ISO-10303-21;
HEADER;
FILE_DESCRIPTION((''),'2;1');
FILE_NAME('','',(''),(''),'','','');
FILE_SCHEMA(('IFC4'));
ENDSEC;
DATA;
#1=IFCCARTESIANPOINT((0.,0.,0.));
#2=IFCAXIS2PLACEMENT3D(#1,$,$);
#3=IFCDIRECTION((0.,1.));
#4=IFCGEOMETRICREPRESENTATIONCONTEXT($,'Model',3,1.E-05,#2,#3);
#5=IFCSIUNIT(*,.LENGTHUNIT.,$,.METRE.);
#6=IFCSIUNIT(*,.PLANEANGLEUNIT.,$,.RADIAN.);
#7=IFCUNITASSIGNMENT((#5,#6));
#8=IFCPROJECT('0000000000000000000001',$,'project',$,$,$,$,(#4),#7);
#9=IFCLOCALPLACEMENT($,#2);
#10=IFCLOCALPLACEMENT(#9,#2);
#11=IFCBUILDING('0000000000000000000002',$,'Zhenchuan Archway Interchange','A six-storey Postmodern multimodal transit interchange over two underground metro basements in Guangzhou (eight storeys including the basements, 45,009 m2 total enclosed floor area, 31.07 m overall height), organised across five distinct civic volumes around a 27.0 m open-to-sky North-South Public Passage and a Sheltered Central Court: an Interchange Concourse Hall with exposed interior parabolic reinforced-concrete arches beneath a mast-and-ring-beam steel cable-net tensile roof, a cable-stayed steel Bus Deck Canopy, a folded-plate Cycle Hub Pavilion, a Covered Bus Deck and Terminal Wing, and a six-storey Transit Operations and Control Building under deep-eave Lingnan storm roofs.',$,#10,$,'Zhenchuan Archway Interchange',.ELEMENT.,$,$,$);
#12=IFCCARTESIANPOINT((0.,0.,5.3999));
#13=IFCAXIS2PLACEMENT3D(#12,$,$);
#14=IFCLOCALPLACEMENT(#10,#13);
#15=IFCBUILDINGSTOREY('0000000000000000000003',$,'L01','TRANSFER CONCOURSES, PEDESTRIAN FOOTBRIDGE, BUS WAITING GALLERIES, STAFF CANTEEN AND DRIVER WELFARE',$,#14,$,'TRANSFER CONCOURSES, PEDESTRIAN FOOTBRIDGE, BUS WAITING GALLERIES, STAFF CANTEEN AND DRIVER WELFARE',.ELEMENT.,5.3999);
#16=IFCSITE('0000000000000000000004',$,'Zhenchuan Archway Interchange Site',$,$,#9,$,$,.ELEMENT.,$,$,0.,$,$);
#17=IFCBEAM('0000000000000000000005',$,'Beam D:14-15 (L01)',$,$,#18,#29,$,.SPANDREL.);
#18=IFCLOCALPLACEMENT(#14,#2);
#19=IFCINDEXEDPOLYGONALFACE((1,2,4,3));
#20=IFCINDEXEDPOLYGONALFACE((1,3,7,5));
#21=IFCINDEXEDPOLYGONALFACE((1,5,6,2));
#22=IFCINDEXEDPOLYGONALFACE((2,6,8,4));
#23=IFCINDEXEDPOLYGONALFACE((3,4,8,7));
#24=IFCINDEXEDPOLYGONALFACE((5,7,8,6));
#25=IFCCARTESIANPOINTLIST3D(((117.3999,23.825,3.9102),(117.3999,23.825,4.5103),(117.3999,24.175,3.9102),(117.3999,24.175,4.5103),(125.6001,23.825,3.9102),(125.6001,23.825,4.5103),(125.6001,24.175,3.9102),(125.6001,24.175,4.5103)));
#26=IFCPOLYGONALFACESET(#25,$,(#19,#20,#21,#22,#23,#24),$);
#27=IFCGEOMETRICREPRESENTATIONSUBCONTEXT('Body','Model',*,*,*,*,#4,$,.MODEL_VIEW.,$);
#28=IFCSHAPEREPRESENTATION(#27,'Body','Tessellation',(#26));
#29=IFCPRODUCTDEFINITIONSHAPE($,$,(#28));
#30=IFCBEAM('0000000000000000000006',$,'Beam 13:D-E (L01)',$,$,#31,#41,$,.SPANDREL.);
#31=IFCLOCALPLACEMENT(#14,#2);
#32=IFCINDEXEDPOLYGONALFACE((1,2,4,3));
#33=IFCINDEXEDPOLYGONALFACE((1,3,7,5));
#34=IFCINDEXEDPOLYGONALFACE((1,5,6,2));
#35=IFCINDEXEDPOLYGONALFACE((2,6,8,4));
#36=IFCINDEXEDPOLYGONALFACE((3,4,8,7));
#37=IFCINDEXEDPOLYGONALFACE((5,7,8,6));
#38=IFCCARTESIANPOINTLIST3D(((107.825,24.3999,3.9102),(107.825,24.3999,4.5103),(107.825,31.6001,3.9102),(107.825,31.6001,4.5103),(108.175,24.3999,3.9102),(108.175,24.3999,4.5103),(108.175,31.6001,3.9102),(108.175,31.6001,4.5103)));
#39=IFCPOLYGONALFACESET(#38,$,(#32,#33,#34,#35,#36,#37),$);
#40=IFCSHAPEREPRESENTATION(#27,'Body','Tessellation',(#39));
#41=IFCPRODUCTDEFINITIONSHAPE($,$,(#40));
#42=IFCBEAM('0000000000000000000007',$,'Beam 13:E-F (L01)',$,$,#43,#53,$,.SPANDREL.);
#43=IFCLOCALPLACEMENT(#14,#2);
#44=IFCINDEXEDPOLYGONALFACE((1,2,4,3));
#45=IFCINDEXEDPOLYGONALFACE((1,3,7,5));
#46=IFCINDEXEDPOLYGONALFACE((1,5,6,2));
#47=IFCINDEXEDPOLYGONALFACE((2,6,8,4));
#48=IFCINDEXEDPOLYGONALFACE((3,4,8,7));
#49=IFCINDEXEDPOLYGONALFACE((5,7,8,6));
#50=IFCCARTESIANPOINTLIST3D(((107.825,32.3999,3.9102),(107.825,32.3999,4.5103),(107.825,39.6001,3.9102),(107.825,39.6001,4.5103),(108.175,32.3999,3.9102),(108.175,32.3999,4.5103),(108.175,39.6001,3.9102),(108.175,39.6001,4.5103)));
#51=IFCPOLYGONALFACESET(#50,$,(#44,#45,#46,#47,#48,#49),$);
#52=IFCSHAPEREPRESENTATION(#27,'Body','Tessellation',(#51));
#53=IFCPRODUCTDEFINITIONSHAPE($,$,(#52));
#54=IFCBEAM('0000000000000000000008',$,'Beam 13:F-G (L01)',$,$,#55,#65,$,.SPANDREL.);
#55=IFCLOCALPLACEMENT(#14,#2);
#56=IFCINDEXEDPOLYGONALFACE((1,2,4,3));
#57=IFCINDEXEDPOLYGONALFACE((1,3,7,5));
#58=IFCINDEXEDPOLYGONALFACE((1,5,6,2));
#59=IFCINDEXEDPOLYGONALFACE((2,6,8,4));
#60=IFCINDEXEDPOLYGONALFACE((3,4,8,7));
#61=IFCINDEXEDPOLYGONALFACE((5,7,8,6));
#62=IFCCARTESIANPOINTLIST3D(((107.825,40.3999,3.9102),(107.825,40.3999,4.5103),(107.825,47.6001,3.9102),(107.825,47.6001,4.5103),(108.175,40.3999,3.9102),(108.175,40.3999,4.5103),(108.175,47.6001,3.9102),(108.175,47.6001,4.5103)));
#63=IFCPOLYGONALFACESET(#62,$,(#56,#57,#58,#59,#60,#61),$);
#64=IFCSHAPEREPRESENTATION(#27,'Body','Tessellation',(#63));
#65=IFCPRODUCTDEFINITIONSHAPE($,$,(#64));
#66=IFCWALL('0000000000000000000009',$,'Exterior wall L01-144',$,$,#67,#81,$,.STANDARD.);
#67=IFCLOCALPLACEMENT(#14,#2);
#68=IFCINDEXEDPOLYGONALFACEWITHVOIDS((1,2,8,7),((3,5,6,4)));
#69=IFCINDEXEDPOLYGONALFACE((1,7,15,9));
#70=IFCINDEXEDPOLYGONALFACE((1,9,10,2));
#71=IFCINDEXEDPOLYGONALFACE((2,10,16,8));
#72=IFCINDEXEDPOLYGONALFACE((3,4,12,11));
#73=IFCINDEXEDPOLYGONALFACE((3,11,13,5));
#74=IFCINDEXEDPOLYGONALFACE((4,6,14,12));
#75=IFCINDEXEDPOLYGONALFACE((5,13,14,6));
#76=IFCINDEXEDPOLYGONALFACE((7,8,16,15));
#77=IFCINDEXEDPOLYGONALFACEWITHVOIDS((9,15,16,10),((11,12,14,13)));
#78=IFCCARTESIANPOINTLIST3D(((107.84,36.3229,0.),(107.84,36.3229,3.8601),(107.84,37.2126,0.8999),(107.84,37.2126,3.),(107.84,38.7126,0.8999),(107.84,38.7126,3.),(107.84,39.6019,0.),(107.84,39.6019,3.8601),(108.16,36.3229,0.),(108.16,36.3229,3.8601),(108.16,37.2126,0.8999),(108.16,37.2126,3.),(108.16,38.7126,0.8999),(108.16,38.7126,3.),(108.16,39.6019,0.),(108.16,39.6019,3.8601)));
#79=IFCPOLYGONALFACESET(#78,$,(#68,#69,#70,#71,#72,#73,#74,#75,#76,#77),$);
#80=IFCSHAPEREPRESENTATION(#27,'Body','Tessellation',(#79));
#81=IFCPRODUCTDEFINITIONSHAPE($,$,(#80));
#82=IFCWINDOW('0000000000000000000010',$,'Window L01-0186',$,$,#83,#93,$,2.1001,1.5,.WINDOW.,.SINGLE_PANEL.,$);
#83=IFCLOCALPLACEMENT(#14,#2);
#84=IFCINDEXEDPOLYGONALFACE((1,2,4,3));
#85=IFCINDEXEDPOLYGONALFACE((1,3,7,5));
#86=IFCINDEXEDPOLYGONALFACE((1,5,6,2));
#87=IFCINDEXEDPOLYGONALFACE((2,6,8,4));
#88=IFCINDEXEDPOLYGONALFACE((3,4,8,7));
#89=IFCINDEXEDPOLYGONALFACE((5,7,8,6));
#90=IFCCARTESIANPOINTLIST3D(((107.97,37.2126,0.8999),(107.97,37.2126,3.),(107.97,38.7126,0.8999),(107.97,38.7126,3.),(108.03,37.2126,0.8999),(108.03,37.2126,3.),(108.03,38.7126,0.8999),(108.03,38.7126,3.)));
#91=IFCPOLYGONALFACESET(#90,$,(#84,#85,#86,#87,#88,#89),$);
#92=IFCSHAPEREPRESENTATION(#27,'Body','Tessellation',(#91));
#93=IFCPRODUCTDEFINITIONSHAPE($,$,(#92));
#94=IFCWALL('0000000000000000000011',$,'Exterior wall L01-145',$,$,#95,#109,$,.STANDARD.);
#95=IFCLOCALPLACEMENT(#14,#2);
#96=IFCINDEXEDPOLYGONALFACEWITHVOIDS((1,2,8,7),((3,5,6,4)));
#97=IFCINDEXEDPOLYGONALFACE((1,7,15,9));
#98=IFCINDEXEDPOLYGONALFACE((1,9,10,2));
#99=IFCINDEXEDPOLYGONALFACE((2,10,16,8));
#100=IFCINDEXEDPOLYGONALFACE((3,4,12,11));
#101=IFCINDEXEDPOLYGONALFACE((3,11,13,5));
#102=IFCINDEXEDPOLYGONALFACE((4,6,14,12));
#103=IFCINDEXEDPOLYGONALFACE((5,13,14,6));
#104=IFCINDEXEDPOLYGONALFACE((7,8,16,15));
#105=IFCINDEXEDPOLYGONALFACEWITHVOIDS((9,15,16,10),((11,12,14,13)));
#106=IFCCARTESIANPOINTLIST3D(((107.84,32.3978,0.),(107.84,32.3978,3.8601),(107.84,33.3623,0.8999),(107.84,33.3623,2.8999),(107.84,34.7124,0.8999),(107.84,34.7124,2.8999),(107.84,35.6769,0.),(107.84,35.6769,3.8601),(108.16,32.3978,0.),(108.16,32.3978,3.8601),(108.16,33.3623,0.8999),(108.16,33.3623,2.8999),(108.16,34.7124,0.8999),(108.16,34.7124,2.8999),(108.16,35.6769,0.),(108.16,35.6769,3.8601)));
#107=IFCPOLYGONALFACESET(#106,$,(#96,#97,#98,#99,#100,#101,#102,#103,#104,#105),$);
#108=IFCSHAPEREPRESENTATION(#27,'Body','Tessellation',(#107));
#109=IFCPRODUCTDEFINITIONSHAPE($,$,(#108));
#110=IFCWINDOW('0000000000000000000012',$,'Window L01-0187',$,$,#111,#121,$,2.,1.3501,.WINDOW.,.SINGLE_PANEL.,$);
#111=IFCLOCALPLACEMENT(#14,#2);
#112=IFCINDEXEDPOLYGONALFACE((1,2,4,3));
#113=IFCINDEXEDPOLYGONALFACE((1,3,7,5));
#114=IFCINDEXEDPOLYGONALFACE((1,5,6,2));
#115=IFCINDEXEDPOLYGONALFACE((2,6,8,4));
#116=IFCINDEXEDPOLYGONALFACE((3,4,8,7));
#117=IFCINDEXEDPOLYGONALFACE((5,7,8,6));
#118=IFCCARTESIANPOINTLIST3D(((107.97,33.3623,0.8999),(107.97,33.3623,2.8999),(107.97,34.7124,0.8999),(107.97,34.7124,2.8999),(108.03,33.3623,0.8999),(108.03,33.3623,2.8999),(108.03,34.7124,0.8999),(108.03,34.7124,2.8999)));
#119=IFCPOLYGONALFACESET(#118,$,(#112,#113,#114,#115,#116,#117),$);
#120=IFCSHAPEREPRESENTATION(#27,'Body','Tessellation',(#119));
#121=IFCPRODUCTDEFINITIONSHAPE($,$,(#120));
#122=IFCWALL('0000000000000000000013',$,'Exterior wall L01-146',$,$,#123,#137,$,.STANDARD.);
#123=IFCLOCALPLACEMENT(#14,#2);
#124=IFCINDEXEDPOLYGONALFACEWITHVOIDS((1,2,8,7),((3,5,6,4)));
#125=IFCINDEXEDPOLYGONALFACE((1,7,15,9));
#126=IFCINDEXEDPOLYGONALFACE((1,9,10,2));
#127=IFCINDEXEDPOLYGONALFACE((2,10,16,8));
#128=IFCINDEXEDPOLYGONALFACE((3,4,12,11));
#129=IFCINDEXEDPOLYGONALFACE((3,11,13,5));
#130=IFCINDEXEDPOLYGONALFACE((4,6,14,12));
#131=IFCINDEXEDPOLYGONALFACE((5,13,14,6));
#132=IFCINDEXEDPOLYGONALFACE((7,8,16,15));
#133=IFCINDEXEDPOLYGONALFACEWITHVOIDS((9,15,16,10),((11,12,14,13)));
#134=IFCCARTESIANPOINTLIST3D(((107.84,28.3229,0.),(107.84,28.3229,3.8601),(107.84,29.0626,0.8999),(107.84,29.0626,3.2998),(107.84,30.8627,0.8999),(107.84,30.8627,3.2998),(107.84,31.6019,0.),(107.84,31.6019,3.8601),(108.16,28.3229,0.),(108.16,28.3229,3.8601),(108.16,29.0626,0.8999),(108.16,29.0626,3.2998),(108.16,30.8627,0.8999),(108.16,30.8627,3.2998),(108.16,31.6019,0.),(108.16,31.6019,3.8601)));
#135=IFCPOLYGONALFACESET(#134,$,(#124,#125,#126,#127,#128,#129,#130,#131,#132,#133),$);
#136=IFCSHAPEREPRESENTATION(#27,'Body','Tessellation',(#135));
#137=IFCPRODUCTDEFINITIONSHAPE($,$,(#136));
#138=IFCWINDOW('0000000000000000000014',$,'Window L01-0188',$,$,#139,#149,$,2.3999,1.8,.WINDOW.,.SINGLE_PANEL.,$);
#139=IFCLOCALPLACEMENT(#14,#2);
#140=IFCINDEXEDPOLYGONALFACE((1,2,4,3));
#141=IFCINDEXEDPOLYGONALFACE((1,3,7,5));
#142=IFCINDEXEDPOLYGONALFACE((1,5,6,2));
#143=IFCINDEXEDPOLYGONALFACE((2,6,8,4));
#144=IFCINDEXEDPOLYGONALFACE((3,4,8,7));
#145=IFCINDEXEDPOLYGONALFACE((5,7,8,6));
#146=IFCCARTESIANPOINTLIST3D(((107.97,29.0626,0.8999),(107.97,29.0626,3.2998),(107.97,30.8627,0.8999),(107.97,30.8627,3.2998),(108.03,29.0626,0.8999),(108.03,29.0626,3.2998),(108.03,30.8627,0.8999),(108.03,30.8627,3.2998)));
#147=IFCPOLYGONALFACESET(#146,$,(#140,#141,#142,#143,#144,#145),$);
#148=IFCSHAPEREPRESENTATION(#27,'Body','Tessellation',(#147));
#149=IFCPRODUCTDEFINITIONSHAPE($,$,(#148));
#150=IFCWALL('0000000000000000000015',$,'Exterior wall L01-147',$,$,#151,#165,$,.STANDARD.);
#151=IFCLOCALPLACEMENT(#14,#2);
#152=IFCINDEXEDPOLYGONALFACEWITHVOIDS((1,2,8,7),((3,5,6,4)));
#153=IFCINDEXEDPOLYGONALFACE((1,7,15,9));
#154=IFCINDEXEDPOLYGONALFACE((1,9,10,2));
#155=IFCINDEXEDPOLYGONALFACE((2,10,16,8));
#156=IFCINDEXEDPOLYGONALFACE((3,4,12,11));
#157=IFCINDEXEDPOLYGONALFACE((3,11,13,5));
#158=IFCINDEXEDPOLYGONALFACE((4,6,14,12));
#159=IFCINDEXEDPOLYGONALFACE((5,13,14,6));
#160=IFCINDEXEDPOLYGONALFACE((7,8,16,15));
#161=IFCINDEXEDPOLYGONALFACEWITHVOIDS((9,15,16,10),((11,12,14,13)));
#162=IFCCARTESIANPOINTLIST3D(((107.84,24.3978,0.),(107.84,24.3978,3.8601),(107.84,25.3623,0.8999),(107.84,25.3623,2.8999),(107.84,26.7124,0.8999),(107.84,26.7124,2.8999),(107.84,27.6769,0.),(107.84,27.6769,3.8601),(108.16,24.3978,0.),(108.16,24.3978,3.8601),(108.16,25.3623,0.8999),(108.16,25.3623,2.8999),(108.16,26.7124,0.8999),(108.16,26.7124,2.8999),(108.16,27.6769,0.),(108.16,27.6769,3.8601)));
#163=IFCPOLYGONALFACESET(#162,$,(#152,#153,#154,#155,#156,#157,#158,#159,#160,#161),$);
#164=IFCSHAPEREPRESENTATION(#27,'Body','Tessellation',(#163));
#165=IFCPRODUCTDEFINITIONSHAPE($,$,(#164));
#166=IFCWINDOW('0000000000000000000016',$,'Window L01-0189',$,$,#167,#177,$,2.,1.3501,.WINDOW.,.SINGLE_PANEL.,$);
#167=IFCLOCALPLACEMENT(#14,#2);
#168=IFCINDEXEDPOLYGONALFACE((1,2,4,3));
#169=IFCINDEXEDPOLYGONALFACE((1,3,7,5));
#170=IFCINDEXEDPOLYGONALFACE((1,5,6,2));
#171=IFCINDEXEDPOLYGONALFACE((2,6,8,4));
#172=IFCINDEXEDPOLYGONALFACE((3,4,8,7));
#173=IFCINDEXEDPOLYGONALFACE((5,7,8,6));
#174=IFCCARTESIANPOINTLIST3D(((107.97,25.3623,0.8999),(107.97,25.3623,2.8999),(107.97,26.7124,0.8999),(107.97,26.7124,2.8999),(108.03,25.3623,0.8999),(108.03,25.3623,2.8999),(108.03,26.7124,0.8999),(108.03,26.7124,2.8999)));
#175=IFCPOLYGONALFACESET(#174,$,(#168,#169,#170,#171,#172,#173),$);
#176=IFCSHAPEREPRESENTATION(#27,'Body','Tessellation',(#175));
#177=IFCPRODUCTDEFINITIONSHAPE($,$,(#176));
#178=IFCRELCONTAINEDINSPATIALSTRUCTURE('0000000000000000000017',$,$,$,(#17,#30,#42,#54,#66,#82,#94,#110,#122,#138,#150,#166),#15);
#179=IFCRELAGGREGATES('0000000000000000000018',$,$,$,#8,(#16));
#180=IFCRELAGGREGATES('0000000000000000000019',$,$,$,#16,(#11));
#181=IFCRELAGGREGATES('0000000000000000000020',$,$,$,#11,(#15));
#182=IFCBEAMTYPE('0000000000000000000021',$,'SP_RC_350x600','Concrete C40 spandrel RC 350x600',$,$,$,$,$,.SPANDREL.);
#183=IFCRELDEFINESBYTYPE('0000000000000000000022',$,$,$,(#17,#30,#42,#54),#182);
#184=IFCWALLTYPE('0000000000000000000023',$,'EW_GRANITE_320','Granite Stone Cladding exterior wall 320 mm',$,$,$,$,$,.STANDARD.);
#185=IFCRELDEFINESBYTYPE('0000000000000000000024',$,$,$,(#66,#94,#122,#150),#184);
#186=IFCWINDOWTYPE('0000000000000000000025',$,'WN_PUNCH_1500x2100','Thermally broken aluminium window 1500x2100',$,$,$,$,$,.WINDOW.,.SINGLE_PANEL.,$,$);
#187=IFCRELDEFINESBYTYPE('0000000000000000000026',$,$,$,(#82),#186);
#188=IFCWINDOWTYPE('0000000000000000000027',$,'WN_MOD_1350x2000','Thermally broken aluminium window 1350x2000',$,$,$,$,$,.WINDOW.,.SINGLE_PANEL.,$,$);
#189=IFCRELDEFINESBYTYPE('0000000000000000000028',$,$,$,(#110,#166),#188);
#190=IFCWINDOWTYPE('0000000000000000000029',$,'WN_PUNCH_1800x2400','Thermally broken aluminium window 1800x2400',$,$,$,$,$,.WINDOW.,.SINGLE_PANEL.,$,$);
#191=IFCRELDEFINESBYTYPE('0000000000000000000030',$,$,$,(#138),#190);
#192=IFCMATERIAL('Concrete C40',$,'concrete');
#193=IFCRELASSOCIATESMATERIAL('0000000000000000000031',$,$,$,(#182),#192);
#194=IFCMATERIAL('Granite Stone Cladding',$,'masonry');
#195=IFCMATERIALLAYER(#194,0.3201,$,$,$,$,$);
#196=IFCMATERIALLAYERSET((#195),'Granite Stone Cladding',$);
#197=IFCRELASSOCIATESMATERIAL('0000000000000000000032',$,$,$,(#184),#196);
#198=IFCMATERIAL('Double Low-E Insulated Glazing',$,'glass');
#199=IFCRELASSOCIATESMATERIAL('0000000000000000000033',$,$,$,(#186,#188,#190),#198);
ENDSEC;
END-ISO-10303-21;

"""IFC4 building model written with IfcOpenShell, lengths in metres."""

from ifc_helpers import new_model, si_unit, direction, frame, frame_2d, origin, origin_2d, place, context, subcontext, project, spatial, rectangle, extrude, material, layer, layer_set, material_profile, profile_set, type_object, element, fill, save


model = new_model("IFC4")

# Units and contexts
model_context = context("Model", 3, precision=1e-05, world=origin(), true_north=direction((0.0, 1.0)))
body_context = subcontext(model_context, "Body", "Model", "MODEL_VIEW")
ifc_project = project(units=[si_unit("LENGTHUNIT", "METRE"), si_unit("PLANEANGLEUNIT", "RADIAN")], contexts=[model_context])

# Site, building, storey
site_placement = place(None, origin())
site = spatial("IfcSite", under=ifc_project, at=site_placement, Name="Zhenchuan Archway Interchange Site", CompositionType="ELEMENT", RefElevation=0.0)
building_placement = place(site_placement, origin())
building = spatial("IfcBuilding", under=site, at=building_placement, Name="Zhenchuan Archway Interchange", Description="A six-storey Postmodern multimodal transit interchange over two underground metro basements in Guangzhou (eight storeys including the basements, 45,009 m2 total enclosed floor area, 31.07 m overall height), organised across five distinct civic volumes around a 27.0 m open-to-sky North-South Public Passage and a Sheltered Central Court: an Interchange Concourse Hall with exposed interior parabolic reinforced-concrete arches beneath a mast-and-ring-beam steel cable-net tensile roof, a cable-stayed steel Bus Deck Canopy, a folded-plate Cycle Hub Pavilion, a Covered Bus Deck and Terminal Wing, and a six-storey Transit Operations and Control Building under deep-eave Lingnan storm roofs.", LongName="Zhenchuan Archway Interchange", CompositionType="ELEMENT")
storey_placement = place(building_placement, frame((0.0, 0.0, 5.3999)))
storey = spatial("IfcBuildingStorey", under=building, at=storey_placement, Name="L01", Description="TRANSFER CONCOURSES, PEDESTRIAN FOOTBRIDGE, BUS WAITING GALLERIES, STAFF CANTEEN AND DRIVER WELFARE", LongName="TRANSFER CONCOURSES, PEDESTRIAN FOOTBRIDGE, BUS WAITING GALLERIES, STAFF CANTEEN AND DRIVER WELFARE", CompositionType="ELEMENT", Elevation=5.3999)

# Shared definitions
ifc_material_1 = material(Name="Concrete C40", Category="concrete")

# Beams
ifc_material_profile_1 = material_profile(ifc_material_1, rectangle(XDim=0.3501, YDim=0.6001, at=origin_2d()), Name="RC 350x600")
ifc_profile_set_1 = profile_set([ifc_material_profile_1], Name="Concrete C40")
beam_type_1 = type_object("IfcBeamType", Name="SP_RC_350x600", Description="Concrete C40 spandrel RC 350x600", PredefinedType="SPANDREL", material=ifc_profile_set_1)
beam_placement = place(storey_placement, frame((117.3999, 24.0, 4.2102), z_axis=(1.0, 0.0, 0.0), x_axis=(0.0, 1.0, 0.0)))
element("IfcBeam", 1, at=beam_placement, inside=storey, type_object=beam_type_1, Name="Beam D:14-15 (L01)", PredefinedType="SPANDREL", context=body_context, shape_type="SweptSolid", body=[
    extrude(rectangle(XDim=0.3501, YDim=0.6001, at=origin_2d()), origin(), (0.0, 0.0, 1.0), 8.2002),
])
for number, where, z_axis, x_axis, name in (
    (2, (108.0, 24.3999, 4.2102), (0.0, 1.0, 0.0), (-1.0, 0.0, 0.0), "Beam 13:D-E (L01)"),
    (3, (108.0, 32.3999, 4.2102), (0.0, 1.0, 0.0), (-1.0, 0.0, 0.0), "Beam 13:E-F (L01)"),
    (4, (108.0, 40.3999, 4.2102), (0.0, 1.0, 0.0), (-1.0, 0.0, 0.0), "Beam 13:F-G (L01)"),
):
    element("IfcBeam", number, at=place(storey_placement, frame(where, z_axis=z_axis, x_axis=x_axis)), inside=storey, type_object=beam_type_1, Name=name, PredefinedType="SPANDREL", context=body_context, shape_type="SweptSolid", body=[
        extrude(rectangle(XDim=0.3501, YDim=0.6001, at=origin_2d()), origin(), (0.0, 0.0, 1.0), 7.2002),
    ])

# Walls, openings, windows
ifc_material_2 = material(Name="Granite Stone Cladding", Category="masonry")
ifc_layer = layer(ifc_material_2, 0.3201)
ifc_layer_set = layer_set([ifc_layer], Name="Granite Stone Cladding")
wall_type = type_object("IfcWallType", Name="EW_GRANITE_320", Description="Granite Stone Cladding exterior wall 320 mm", PredefinedType="STANDARD", material=ifc_layer_set)
wall_1_placement = place(storey_placement, frame((108.0, 39.6021, 0.0), z_axis=(0.0, 0.0, 1.0), x_axis=(0.0, -1.0, 0.0)))
wall_1 = element("IfcWall", 5, at=wall_1_placement, inside=storey, type_object=wall_type, Name="Exterior wall L01-144", PredefinedType="STANDARD", context=body_context, shape_type="SweptSolid", body=[
    extrude(rectangle(XDim=3.2791, YDim=0.3201, at=frame_2d((1.6396, 0.0))), origin(), (0.0, 0.0, 1.0), 3.8601),
])
opening_1_placement = place(wall_1_placement, frame((0.8894, 0.0, 0.8999)))
opening_1 = element("IfcOpeningElement", 6, at=opening_1_placement, cuts=wall_1, PredefinedType="OPENING", context=body_context, shape_type="SweptSolid", body=[
    extrude(rectangle(XDim=1.5, YDim=2.1001, at=frame_2d((0.75, 1.05))), frame((0.0, 0.1719, 0.0), z_axis=(0.0, -1.0, 0.0), x_axis=(1.0, 0.0, 0.0)), (0.0, 0.0, 1.0), 0.344),
])
ifc_material_3 = material(Name="Double Low-E Insulated Glazing", Category="glass")
window_type_1 = type_object("IfcWindowType", Name="WN_PUNCH_1500x2100", Description="Thermally broken aluminium window 1500x2100", PartitioningType="SINGLE_PANEL", PredefinedType="WINDOW", material=ifc_material_3)
window_1_placement = place(opening_1_placement, origin())
window_1 = element("IfcWindow", 7, at=window_1_placement, inside=storey, type_object=window_type_1, Name="Window L01-0186", OverallHeight=2.1001, OverallWidth=1.5, PartitioningType="SINGLE_PANEL", PredefinedType="WINDOW", context=body_context, shape_type="SweptSolid", body=[
    extrude(rectangle(XDim=1.5, YDim=2.1001, at=frame_2d((0.75, 1.05))), frame((0.0, 0.03, 0.0), z_axis=(0.0, -1.0, 0.0), x_axis=(1.0, 0.0, 0.0)), (0.0, 0.0, 1.0), 0.0601),
])
fill(opening_1, window_1)
wall_2_placement = place(storey_placement, frame((108.0, 35.677, 0.0), z_axis=(0.0, 0.0, 1.0), x_axis=(0.0, -1.0, 0.0)))
wall_2 = element("IfcWall", 8, at=wall_2_placement, inside=storey, type_object=wall_type, Name="Exterior wall L01-145", PredefinedType="STANDARD", context=body_context, shape_type="SweptSolid", body=[
    extrude(rectangle(XDim=3.2791, YDim=0.3201, at=frame_2d((1.6396, 0.0))), origin(), (0.0, 0.0, 1.0), 3.8601),
])
opening_2_placement = place(wall_2_placement, frame((0.9646, 0.0, 0.8999)))
opening_2 = element("IfcOpeningElement", 9, at=opening_2_placement, cuts=wall_2, PredefinedType="OPENING", context=body_context, shape_type="SweptSolid", body=[
    extrude(rectangle(XDim=1.3501, YDim=2.0, at=frame_2d((0.675, 1.0))), frame((0.0, 0.1719, 0.0), z_axis=(0.0, -1.0, 0.0), x_axis=(1.0, 0.0, 0.0)), (0.0, 0.0, 1.0), 0.344),
])
window_type_2 = type_object("IfcWindowType", Name="WN_MOD_1350x2000", Description="Thermally broken aluminium window 1350x2000", PartitioningType="SINGLE_PANEL", PredefinedType="WINDOW", material=ifc_material_3)
window_2_placement = place(opening_2_placement, origin())
window_2 = element("IfcWindow", 10, at=window_2_placement, inside=storey, type_object=window_type_2, Name="Window L01-0187", OverallHeight=2.0, OverallWidth=1.3501, PartitioningType="SINGLE_PANEL", PredefinedType="WINDOW", context=body_context, shape_type="SweptSolid", body=[
    extrude(rectangle(XDim=1.3501, YDim=2.0, at=frame_2d((0.675, 1.0))), frame((0.0, 0.03, 0.0), z_axis=(0.0, -1.0, 0.0), x_axis=(1.0, 0.0, 0.0)), (0.0, 0.0, 1.0), 0.0601),
])
fill(opening_2, window_2)
wall_3_placement = place(storey_placement, frame((108.0, 31.6021, 0.0), z_axis=(0.0, 0.0, 1.0), x_axis=(0.0, -1.0, 0.0)))
wall_3 = element("IfcWall", 11, at=wall_3_placement, inside=storey, type_object=wall_type, Name="Exterior wall L01-146", PredefinedType="STANDARD", context=body_context, shape_type="SweptSolid", body=[
    extrude(rectangle(XDim=3.2791, YDim=0.3201, at=frame_2d((1.6396, 0.0))), origin(), (0.0, 0.0, 1.0), 3.8601),
])
opening_3_placement = place(wall_3_placement, frame((0.7395, 0.0, 0.8999)))
opening_3 = element("IfcOpeningElement", 12, at=opening_3_placement, cuts=wall_3, PredefinedType="OPENING", context=body_context, shape_type="SweptSolid", body=[
    extrude(rectangle(XDim=1.8, YDim=2.3999, at=frame_2d((0.8999, 1.2))), frame((0.0, 0.1719, 0.0), z_axis=(0.0, -1.0, 0.0), x_axis=(1.0, 0.0, 0.0)), (0.0, 0.0, 1.0), 0.344),
])
window_type_3 = type_object("IfcWindowType", Name="WN_PUNCH_1800x2400", Description="Thermally broken aluminium window 1800x2400", PartitioningType="SINGLE_PANEL", PredefinedType="WINDOW", material=ifc_material_3)
window_3_placement = place(opening_3_placement, origin())
window_3 = element("IfcWindow", 13, at=window_3_placement, inside=storey, type_object=window_type_3, Name="Window L01-0188", OverallHeight=2.3999, OverallWidth=1.8, PartitioningType="SINGLE_PANEL", PredefinedType="WINDOW", context=body_context, shape_type="SweptSolid", body=[
    extrude(rectangle(XDim=1.8, YDim=2.3999, at=frame_2d((0.8999, 1.2))), frame((0.0, 0.03, 0.0), z_axis=(0.0, -1.0, 0.0), x_axis=(1.0, 0.0, 0.0)), (0.0, 0.0, 1.0), 0.0601),
])
fill(opening_3, window_3)
wall_4_placement = place(storey_placement, frame((108.0, 27.677, 0.0), z_axis=(0.0, 0.0, 1.0), x_axis=(0.0, -1.0, 0.0)))
wall_4 = element("IfcWall", 14, at=wall_4_placement, inside=storey, type_object=wall_type, Name="Exterior wall L01-147", PredefinedType="STANDARD", context=body_context, shape_type="SweptSolid", body=[
    extrude(rectangle(XDim=3.2791, YDim=0.3201, at=frame_2d((1.6396, 0.0))), origin(), (0.0, 0.0, 1.0), 3.8601),
])
opening_4_placement = place(wall_4_placement, frame((0.9646, 0.0, 0.8999)))
opening_4 = element("IfcOpeningElement", 15, at=opening_4_placement, cuts=wall_4, PredefinedType="OPENING", context=body_context, shape_type="SweptSolid", body=[
    extrude(rectangle(XDim=1.3501, YDim=2.0, at=frame_2d((0.675, 1.0))), frame((0.0, 0.1719, 0.0), z_axis=(0.0, -1.0, 0.0), x_axis=(1.0, 0.0, 0.0)), (0.0, 0.0, 1.0), 0.344),
])
window_4_placement = place(opening_4_placement, origin())
window_4 = element("IfcWindow", 16, at=window_4_placement, inside=storey, type_object=window_type_2, Name="Window L01-0189", OverallHeight=2.0, OverallWidth=1.3501, PartitioningType="SINGLE_PANEL", PredefinedType="WINDOW", context=body_context, shape_type="SweptSolid", body=[
    extrude(rectangle(XDim=1.3501, YDim=2.0, at=frame_2d((0.675, 1.0))), frame((0.0, 0.03, 0.0), z_axis=(0.0, -1.0, 0.0), x_axis=(1.0, 0.0, 0.0)), (0.0, 0.0, 1.0), 0.0601),
])
fill(opening_4, window_4)

save(model, "model.ifc")
